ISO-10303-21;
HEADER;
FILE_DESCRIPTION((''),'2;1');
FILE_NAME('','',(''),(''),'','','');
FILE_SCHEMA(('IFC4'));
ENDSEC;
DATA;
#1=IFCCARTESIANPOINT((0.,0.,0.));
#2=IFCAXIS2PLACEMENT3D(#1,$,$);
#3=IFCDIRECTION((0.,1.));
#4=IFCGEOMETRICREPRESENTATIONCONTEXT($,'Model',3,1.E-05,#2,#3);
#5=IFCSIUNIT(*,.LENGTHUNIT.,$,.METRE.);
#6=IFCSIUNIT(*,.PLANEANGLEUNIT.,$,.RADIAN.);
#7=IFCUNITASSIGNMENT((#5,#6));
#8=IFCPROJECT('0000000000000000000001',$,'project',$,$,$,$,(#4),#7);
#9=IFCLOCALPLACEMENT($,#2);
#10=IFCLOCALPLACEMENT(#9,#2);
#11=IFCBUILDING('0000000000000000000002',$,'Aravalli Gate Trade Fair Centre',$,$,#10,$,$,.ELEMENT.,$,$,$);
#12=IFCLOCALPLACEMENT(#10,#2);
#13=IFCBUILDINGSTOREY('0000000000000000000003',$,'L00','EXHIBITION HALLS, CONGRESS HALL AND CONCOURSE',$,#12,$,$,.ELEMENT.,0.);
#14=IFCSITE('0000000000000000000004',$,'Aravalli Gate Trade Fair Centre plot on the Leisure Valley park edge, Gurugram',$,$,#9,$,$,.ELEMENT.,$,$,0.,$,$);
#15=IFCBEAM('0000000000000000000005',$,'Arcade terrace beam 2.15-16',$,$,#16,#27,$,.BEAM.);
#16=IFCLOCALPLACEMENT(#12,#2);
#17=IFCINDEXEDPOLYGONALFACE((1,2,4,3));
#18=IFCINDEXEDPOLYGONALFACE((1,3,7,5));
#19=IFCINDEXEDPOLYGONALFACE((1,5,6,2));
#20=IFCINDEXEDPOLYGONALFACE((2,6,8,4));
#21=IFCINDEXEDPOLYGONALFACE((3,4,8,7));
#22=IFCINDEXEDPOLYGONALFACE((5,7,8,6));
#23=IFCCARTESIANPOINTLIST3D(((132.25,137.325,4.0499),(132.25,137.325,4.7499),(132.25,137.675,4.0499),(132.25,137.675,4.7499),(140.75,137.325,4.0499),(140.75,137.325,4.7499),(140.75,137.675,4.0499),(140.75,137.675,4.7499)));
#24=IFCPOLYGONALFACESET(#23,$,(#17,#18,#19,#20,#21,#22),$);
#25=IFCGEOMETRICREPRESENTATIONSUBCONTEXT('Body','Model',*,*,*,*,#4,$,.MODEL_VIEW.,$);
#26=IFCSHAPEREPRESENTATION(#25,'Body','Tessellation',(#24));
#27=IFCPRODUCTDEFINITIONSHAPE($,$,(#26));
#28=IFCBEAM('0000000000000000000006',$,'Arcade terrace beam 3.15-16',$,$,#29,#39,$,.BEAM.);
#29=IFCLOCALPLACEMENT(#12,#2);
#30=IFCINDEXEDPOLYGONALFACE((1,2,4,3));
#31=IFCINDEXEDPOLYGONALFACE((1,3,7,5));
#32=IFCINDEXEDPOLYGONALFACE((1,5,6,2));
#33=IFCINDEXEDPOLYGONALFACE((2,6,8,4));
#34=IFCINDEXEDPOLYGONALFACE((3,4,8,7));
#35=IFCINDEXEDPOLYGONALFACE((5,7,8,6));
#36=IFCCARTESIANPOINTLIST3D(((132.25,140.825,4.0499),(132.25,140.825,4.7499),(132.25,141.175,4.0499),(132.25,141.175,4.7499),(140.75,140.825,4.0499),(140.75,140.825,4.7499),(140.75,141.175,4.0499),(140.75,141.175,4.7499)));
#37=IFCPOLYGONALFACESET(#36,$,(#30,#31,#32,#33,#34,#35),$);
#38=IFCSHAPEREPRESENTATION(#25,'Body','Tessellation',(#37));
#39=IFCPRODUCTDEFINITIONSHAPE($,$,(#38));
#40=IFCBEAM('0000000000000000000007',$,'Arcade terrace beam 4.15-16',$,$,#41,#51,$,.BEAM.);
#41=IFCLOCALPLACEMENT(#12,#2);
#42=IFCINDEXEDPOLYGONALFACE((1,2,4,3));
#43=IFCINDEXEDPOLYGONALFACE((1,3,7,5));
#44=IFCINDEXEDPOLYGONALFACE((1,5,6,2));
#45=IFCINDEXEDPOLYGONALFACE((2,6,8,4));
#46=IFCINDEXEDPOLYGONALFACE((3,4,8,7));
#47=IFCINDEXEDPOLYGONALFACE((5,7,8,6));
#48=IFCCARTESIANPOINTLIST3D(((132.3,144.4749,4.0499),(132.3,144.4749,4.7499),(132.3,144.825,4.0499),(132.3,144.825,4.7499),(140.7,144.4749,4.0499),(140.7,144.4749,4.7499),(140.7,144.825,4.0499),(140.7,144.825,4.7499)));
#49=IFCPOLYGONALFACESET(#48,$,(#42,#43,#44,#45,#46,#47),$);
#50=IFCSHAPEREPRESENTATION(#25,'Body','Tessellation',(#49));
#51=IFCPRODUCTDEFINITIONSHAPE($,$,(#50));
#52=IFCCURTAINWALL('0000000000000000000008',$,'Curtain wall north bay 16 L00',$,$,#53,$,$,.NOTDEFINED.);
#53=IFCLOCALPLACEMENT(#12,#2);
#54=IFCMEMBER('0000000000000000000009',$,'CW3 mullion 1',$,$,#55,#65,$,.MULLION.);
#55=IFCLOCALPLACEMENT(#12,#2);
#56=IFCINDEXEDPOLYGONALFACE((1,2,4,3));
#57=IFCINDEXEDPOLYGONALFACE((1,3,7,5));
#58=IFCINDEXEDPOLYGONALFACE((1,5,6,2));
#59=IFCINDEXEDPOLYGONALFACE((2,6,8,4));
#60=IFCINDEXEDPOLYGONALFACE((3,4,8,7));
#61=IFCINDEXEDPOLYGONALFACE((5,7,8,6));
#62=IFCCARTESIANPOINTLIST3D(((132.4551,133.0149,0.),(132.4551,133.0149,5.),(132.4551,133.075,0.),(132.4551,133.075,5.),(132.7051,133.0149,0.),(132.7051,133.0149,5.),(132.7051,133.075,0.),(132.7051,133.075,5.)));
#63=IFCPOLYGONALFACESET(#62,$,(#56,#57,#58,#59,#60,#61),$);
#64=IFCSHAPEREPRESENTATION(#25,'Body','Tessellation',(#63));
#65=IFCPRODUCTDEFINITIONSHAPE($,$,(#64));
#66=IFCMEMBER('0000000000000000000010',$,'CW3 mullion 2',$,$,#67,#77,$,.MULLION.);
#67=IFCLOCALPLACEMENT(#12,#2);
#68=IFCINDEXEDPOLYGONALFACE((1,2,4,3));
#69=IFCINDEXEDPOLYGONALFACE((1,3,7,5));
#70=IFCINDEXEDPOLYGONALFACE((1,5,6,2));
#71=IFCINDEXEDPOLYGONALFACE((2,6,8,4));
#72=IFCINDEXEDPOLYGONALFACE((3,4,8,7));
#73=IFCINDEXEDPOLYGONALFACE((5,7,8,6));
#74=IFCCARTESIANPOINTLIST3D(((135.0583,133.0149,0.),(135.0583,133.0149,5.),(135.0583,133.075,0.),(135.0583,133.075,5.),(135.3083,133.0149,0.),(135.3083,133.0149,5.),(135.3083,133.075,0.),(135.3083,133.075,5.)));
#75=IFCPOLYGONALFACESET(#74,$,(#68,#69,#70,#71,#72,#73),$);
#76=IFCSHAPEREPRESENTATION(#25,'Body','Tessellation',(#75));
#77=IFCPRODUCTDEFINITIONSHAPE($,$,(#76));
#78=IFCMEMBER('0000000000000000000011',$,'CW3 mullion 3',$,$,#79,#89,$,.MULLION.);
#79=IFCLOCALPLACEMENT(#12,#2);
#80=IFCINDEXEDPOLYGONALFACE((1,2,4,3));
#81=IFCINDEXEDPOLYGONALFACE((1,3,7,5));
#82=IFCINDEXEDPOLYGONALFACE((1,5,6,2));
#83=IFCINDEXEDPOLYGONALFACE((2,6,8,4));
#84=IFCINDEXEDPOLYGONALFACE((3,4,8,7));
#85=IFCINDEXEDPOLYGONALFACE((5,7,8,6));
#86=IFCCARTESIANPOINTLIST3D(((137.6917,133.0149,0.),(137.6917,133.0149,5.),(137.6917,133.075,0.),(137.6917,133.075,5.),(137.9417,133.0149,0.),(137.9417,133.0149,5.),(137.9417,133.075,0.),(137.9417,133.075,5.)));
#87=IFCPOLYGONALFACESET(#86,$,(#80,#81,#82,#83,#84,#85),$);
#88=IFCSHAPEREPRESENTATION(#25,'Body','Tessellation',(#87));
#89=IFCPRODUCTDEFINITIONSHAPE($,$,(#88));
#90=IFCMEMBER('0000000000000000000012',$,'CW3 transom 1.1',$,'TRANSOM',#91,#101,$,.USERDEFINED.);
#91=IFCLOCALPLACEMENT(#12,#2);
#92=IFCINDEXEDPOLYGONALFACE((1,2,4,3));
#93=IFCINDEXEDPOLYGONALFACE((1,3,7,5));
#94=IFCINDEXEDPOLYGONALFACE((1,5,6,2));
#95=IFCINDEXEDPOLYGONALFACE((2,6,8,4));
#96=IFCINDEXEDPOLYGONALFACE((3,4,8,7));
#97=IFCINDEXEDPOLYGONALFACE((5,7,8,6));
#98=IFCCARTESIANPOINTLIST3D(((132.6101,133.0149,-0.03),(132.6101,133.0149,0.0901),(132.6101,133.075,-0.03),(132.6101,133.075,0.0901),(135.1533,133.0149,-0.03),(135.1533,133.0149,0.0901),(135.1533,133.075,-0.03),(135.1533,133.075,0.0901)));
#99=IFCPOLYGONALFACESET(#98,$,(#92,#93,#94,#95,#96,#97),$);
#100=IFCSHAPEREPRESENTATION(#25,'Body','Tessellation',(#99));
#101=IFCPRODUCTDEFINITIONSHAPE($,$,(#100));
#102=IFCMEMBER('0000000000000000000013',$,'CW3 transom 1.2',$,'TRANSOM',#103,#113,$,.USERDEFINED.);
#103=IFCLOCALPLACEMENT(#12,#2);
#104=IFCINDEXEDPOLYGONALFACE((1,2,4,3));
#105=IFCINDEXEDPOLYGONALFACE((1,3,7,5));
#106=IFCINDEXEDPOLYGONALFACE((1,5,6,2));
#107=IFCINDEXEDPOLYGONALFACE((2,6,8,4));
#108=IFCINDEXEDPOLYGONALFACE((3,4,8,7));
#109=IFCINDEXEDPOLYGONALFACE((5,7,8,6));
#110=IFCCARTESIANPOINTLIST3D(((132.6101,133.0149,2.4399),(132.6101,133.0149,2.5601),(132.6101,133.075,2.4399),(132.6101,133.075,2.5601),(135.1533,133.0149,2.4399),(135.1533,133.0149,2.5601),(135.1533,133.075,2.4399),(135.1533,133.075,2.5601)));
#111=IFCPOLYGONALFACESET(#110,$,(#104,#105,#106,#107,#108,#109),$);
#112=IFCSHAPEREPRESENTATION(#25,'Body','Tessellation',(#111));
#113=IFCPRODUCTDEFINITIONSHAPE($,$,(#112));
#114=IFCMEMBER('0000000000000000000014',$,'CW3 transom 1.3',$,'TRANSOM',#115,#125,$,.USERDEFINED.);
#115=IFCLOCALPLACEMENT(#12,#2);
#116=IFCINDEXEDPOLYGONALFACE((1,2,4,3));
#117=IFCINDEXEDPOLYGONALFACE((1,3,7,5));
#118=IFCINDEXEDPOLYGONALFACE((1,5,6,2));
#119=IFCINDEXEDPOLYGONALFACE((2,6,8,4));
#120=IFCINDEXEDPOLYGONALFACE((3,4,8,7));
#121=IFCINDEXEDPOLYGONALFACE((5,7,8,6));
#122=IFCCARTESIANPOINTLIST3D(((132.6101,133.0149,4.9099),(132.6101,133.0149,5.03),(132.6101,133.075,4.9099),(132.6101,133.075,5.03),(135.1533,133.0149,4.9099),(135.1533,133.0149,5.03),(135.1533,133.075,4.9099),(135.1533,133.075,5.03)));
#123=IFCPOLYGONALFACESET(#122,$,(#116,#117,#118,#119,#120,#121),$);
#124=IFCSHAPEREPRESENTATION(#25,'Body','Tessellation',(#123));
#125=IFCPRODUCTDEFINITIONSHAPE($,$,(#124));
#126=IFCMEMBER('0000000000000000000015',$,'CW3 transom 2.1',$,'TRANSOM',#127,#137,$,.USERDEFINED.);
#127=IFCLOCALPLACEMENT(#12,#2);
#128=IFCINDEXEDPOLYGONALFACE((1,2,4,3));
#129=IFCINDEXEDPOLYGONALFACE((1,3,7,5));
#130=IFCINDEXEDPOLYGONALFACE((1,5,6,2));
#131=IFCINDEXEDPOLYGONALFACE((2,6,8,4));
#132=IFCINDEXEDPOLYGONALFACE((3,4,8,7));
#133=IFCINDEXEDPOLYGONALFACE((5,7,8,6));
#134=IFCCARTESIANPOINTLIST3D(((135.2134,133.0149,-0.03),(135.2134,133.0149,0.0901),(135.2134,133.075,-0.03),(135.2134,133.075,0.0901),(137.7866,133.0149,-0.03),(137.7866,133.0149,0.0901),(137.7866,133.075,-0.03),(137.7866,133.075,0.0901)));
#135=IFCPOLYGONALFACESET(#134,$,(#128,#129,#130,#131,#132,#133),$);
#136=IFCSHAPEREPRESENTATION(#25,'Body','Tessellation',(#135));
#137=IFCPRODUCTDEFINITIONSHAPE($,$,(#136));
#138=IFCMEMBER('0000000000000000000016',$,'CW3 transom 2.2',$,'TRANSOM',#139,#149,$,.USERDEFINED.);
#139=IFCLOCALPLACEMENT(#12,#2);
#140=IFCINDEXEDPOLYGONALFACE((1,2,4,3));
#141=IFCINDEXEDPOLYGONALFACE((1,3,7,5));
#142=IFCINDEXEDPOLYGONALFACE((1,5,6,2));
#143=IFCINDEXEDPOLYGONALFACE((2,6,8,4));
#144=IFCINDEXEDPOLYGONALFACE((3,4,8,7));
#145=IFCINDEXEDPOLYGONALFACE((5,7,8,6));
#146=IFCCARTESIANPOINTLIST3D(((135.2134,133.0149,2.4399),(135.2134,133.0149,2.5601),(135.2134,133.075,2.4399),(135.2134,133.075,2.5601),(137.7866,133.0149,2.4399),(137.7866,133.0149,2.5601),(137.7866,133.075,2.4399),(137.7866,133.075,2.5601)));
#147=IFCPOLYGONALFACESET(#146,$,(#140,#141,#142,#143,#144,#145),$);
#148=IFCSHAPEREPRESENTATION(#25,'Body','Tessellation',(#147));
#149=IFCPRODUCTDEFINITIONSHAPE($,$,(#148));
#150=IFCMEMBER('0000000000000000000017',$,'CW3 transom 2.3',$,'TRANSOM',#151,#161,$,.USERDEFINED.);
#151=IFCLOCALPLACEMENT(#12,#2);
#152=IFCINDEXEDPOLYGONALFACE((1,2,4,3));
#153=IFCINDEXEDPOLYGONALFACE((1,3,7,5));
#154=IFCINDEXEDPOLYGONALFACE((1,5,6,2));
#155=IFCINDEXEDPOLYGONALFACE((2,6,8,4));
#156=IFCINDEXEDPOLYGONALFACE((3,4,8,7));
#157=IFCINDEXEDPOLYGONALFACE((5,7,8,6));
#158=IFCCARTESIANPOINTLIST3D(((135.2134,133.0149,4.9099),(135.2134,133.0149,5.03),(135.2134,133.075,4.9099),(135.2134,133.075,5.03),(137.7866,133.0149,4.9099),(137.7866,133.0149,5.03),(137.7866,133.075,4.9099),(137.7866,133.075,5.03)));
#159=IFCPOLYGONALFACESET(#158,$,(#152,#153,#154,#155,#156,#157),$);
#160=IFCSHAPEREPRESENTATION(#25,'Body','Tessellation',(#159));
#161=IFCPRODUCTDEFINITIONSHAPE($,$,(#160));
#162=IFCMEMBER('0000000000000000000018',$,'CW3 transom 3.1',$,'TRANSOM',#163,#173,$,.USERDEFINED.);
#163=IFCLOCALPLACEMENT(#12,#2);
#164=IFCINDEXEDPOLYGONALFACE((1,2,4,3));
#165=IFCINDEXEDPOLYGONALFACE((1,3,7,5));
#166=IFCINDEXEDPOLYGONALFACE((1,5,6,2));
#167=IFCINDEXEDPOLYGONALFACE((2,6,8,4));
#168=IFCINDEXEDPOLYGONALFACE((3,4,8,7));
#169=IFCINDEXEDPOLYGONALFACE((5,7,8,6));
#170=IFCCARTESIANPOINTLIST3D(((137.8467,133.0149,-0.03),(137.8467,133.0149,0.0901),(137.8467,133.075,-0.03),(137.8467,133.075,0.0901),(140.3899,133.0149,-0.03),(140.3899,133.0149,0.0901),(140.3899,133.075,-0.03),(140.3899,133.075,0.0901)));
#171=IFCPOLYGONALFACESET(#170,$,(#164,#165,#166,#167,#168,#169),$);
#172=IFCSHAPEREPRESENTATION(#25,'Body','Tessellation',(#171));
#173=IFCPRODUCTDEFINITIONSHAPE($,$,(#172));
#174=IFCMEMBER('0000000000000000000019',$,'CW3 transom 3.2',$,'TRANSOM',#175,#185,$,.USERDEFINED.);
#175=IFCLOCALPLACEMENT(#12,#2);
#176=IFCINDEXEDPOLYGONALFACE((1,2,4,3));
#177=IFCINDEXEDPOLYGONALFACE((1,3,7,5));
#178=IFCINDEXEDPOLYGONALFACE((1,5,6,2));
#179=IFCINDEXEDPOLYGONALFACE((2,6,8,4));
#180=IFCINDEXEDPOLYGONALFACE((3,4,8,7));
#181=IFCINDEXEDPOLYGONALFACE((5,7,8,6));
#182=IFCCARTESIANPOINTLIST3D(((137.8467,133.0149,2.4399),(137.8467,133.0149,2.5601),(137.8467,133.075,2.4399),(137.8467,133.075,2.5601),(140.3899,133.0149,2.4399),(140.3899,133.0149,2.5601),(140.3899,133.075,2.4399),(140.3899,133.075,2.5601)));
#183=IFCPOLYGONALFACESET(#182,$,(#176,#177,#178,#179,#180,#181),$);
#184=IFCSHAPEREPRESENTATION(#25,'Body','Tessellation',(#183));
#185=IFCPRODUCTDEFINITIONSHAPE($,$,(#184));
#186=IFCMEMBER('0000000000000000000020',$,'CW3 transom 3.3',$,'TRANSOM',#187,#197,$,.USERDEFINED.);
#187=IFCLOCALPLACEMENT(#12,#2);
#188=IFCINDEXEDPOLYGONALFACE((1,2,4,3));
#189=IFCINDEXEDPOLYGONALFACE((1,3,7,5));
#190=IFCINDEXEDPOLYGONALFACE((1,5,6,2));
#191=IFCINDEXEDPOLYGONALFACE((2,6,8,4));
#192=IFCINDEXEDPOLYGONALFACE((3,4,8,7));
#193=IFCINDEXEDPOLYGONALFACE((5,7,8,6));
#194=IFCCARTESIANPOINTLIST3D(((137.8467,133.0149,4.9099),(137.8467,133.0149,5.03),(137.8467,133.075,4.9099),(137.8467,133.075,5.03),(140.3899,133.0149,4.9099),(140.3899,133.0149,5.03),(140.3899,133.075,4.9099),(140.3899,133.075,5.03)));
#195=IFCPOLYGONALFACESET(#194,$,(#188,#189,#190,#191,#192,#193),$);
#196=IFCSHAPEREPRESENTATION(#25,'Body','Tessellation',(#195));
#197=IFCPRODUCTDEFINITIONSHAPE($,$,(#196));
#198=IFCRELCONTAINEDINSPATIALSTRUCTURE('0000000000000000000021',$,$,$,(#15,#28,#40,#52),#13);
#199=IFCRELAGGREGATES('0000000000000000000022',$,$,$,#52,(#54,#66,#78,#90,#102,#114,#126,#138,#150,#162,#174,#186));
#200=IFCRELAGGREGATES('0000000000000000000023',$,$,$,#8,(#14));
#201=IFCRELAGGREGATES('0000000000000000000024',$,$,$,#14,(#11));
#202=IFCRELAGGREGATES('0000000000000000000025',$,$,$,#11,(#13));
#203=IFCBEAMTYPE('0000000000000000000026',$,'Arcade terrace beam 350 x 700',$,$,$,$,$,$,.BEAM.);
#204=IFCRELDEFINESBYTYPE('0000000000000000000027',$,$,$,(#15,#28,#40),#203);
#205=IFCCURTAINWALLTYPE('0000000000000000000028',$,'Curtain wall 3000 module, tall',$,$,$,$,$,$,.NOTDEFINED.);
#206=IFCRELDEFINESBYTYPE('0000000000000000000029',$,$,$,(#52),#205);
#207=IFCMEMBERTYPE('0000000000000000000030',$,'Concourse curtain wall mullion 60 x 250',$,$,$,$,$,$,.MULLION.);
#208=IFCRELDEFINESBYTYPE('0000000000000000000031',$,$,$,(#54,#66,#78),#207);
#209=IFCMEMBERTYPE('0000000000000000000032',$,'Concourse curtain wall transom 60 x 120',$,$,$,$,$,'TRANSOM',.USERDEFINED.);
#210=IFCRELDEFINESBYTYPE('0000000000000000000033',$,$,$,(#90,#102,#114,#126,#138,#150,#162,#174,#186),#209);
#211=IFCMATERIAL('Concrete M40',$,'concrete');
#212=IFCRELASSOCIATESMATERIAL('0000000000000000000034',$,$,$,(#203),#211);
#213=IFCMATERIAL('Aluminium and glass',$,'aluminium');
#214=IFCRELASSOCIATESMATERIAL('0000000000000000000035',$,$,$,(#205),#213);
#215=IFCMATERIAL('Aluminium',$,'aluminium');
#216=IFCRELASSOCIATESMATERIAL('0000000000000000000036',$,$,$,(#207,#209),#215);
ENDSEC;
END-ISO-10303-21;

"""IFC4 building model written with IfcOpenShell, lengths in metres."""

from ifc_helpers import new_model, si_unit, direction, frame, origin, origin_2d, place, context, subcontext, project, spatial, rectangle, extrude, material, material_profile, profile_set, type_object, element, aggregate, save


model = new_model("IFC4")

# Units and contexts
model_context = context("Model", 3, precision=1e-05, world=origin(), true_north=direction((0.0, 1.0)))
body_context = subcontext(model_context, "Body", "Model", "MODEL_VIEW")
ifc_project = project(units=[si_unit("LENGTHUNIT", "METRE"), si_unit("PLANEANGLEUNIT", "RADIAN")], contexts=[model_context])

# Site, building, storey
site_placement = place(None, origin())
site = spatial("IfcSite", under=ifc_project, at=site_placement, Name="Aravalli Gate Trade Fair Centre plot on the Leisure Valley park edge, Gurugram", CompositionType="ELEMENT", RefElevation=0.0)
building_placement = place(site_placement, origin())
building = spatial("IfcBuilding", under=site, at=building_placement, Name="Aravalli Gate Trade Fair Centre", CompositionType="ELEMENT")
storey_placement = place(building_placement, origin())
storey = spatial("IfcBuildingStorey", under=building, at=storey_placement, Name="L00", Description="EXHIBITION HALLS, CONGRESS HALL AND CONCOURSE", CompositionType="ELEMENT", Elevation=0.0)

# Beams
ifc_material_1 = material(Name="Concrete M40", Category="concrete")
ifc_material_profile_1 = material_profile(ifc_material_1, rectangle(XDim=0.3501, YDim=0.7, at=origin_2d()), Name="Arcade terrace beam 350 x 700")
ifc_profile_set_1 = profile_set([ifc_material_profile_1], Name="Concrete M40")
beam_type_1 = type_object("IfcBeamType", Name="Arcade terrace beam 350 x 700", PredefinedType="BEAM", material=ifc_profile_set_1)
for number, where, z_axis, x_axis, name in (
    (1, (132.25, 137.5, 4.3999), (1.0, 0.0, 0.0), (0.0, 1.0, 0.0), "Arcade terrace beam 2.15-16"),
    (2, (132.25, 141.0, 4.3999), (1.0, 0.0, 0.0), (0.0, 1.0, 0.0), "Arcade terrace beam 3.15-16"),
):
    element("IfcBeam", number, at=place(storey_placement, frame(where, z_axis=z_axis, x_axis=x_axis)), inside=storey, type_object=beam_type_1, Name=name, PredefinedType="BEAM", context=body_context, shape_type="SweptSolid", body=[
        extrude(rectangle(XDim=0.3501, YDim=0.7, at=origin_2d()), origin(), (0.0, 0.0, 1.0), 8.5),
    ])
beam_1_placement = place(storey_placement, frame((132.3, 144.6499, 4.3999), z_axis=(1.0, 0.0, 0.0), x_axis=(0.0, 1.0, 0.0)))
element("IfcBeam", 3, at=beam_1_placement, inside=storey, type_object=beam_type_1, Name="Arcade terrace beam 4.15-16", PredefinedType="BEAM", context=body_context, shape_type="SweptSolid", body=[
    extrude(rectangle(XDim=0.3501, YDim=0.7, at=origin_2d()), origin(), (0.0, 0.0, 1.0), 8.3999),
])

# Curtain wall, members
ifc_material_2 = material(Name="Aluminium and glass", Category="aluminium")
curtain_wall_type = type_object("IfcCurtainWallType", Name="Curtain wall 3000 module, tall", PredefinedType="NOTDEFINED", material=ifc_material_2)
curtain_wall_placement = place(storey_placement, origin())
curtain_wall = element("IfcCurtainWall", 4, at=curtain_wall_placement, inside=storey, type_object=curtain_wall_type, Name="Curtain wall north bay 16 L00", PredefinedType="NOTDEFINED")
ifc_material_3 = material(Name="Aluminium", Category="aluminium")
ifc_material_profile_2 = material_profile(ifc_material_3, rectangle(XDim=0.0601, YDim=0.25, at=origin_2d()), Name="Concourse curtain wall mullion 60 x 250")
ifc_profile_set_2 = profile_set([ifc_material_profile_2], Name="Aluminium")
member_type_1 = type_object("IfcMemberType", Name="Concourse curtain wall mullion 60 x 250", PredefinedType="MULLION", material=ifc_profile_set_2)
member_1_placement = place(storey_placement, frame((132.5801, 133.0449, 0.0), z_axis=(0.0, 0.0, 1.0), x_axis=(0.0, 1.0, 0.0)))
member_1 = element("IfcMember", 5, at=member_1_placement, type_object=member_type_1, Name="CW3 mullion 1", PredefinedType="MULLION", context=body_context, shape_type="SweptSolid", body=[
    extrude(rectangle(XDim=0.0601, YDim=0.25, at=origin_2d()), origin(), (0.0, 0.0, 1.0), 5.0),
])
member_2_placement = place(storey_placement, frame((135.1833, 133.0449, 0.0), z_axis=(0.0, 0.0, 1.0), x_axis=(0.0, 1.0, 0.0)))
member_2 = element("IfcMember", 6, at=member_2_placement, type_object=member_type_1, Name="CW3 mullion 2", PredefinedType="MULLION", context=body_context, shape_type="SweptSolid", body=[
    extrude(rectangle(XDim=0.0601, YDim=0.25, at=origin_2d()), origin(), (0.0, 0.0, 1.0), 5.0),
])
member_3_placement = place(storey_placement, frame((137.8167, 133.0449, 0.0), z_axis=(0.0, 0.0, 1.0), x_axis=(0.0, 1.0, 0.0)))
member_3 = element("IfcMember", 7, at=member_3_placement, type_object=member_type_1, Name="CW3 mullion 3", PredefinedType="MULLION", context=body_context, shape_type="SweptSolid", body=[
    extrude(rectangle(XDim=0.0601, YDim=0.25, at=origin_2d()), origin(), (0.0, 0.0, 1.0), 5.0),
])
ifc_material_profile_3 = material_profile(ifc_material_3, rectangle(XDim=0.0601, YDim=0.1201, at=origin_2d()), Name="Concourse curtain wall transom 60 x 120")
ifc_profile_set_3 = profile_set([ifc_material_profile_3], Name="Aluminium")
member_type_2 = type_object("IfcMemberType", Name="Concourse curtain wall transom 60 x 120", ElementType="TRANSOM", PredefinedType="USERDEFINED", material=ifc_profile_set_3)
member_4_placement = place(storey_placement, frame((132.6101, 133.0449, 0.03), z_axis=(1.0, 0.0, 0.0), x_axis=(0.0, 1.0, 0.0)))
member_4 = element("IfcMember", 8, at=member_4_placement, type_object=member_type_2, Name="CW3 transom 1.1", ObjectType="TRANSOM", PredefinedType="USERDEFINED", context=body_context, shape_type="SweptSolid", body=[
    extrude(rectangle(XDim=0.0601, YDim=0.1201, at=origin_2d()), origin(), (0.0, 0.0, 1.0), 2.5432),
])
member_5_placement = place(storey_placement, frame((132.6101, 133.0449, 2.5), z_axis=(1.0, 0.0, 0.0), x_axis=(0.0, 1.0, 0.0)))
member_5 = element("IfcMember", 9, at=member_5_placement, type_object=member_type_2, Name="CW3 transom 1.2", ObjectType="TRANSOM", PredefinedType="USERDEFINED", context=body_context, shape_type="SweptSolid", body=[
    extrude(rectangle(XDim=0.0601, YDim=0.1201, at=origin_2d()), origin(), (0.0, 0.0, 1.0), 2.5432),
])
member_6_placement = place(storey_placement, frame((132.6101, 133.0449, 4.97), z_axis=(1.0, 0.0, 0.0), x_axis=(0.0, 1.0, 0.0)))
member_6 = element("IfcMember", 10, at=member_6_placement, type_object=member_type_2, Name="CW3 transom 1.3", ObjectType="TRANSOM", PredefinedType="USERDEFINED", context=body_context, shape_type="SweptSolid", body=[
    extrude(rectangle(XDim=0.0601, YDim=0.1201, at=origin_2d()), origin(), (0.0, 0.0, 1.0), 2.5432),
])
member_7_placement = place(storey_placement, frame((135.2134, 133.0449, 0.03), z_axis=(1.0, 0.0, 0.0), x_axis=(0.0, 1.0, 0.0)))
member_7 = element("IfcMember", 11, at=member_7_placement, type_object=member_type_2, Name="CW3 transom 2.1", ObjectType="TRANSOM", PredefinedType="USERDEFINED", context=body_context, shape_type="SweptSolid", body=[
    extrude(rectangle(XDim=0.0601, YDim=0.1201, at=origin_2d()), origin(), (0.0, 0.0, 1.0), 2.5732),
])
member_8_placement = place(storey_placement, frame((135.2134, 133.0449, 2.5), z_axis=(1.0, 0.0, 0.0), x_axis=(0.0, 1.0, 0.0)))
member_8 = element("IfcMember", 12, at=member_8_placement, type_object=member_type_2, Name="CW3 transom 2.2", ObjectType="TRANSOM", PredefinedType="USERDEFINED", context=body_context, shape_type="SweptSolid", body=[
    extrude(rectangle(XDim=0.0601, YDim=0.1201, at=origin_2d()), origin(), (0.0, 0.0, 1.0), 2.5732),
])
member_9_placement = place(storey_placement, frame((135.2134, 133.0449, 4.97), z_axis=(1.0, 0.0, 0.0), x_axis=(0.0, 1.0, 0.0)))
member_9 = element("IfcMember", 13, at=member_9_placement, type_object=member_type_2, Name="CW3 transom 2.3", ObjectType="TRANSOM", PredefinedType="USERDEFINED", context=body_context, shape_type="SweptSolid", body=[
    extrude(rectangle(XDim=0.0601, YDim=0.1201, at=origin_2d()), origin(), (0.0, 0.0, 1.0), 2.5732),
])
member_10_placement = place(storey_placement, frame((137.8467, 133.0449, 0.03), z_axis=(1.0, 0.0, 0.0), x_axis=(0.0, 1.0, 0.0)))
member_10 = element("IfcMember", 14, at=member_10_placement, type_object=member_type_2, Name="CW3 transom 3.1", ObjectType="TRANSOM", PredefinedType="USERDEFINED", context=body_context, shape_type="SweptSolid", body=[
    extrude(rectangle(XDim=0.0601, YDim=0.1201, at=origin_2d()), origin(), (0.0, 0.0, 1.0), 2.5432),
])
member_11_placement = place(storey_placement, frame((137.8467, 133.0449, 2.5), z_axis=(1.0, 0.0, 0.0), x_axis=(0.0, 1.0, 0.0)))
member_11 = element("IfcMember", 15, at=member_11_placement, type_object=member_type_2, Name="CW3 transom 3.2", ObjectType="TRANSOM", PredefinedType="USERDEFINED", context=body_context, shape_type="SweptSolid", body=[
    extrude(rectangle(XDim=0.0601, YDim=0.1201, at=origin_2d()), origin(), (0.0, 0.0, 1.0), 2.5432),
])
member_12_placement = place(storey_placement, frame((137.8467, 133.0449, 4.97), z_axis=(1.0, 0.0, 0.0), x_axis=(0.0, 1.0, 0.0)))
member_12 = element("IfcMember", 16, at=member_12_placement, type_object=member_type_2, Name="CW3 transom 3.3", ObjectType="TRANSOM", PredefinedType="USERDEFINED", context=body_context, shape_type="SweptSolid", body=[
    extrude(rectangle(XDim=0.0601, YDim=0.1201, at=origin_2d()), origin(), (0.0, 0.0, 1.0), 2.5432),
])

aggregate(curtain_wall, [member_1, member_2, member_3, member_4, member_5, member_6, member_7, member_8, member_9, member_10, member_11, member_12])

save(model, "model.ifc")
